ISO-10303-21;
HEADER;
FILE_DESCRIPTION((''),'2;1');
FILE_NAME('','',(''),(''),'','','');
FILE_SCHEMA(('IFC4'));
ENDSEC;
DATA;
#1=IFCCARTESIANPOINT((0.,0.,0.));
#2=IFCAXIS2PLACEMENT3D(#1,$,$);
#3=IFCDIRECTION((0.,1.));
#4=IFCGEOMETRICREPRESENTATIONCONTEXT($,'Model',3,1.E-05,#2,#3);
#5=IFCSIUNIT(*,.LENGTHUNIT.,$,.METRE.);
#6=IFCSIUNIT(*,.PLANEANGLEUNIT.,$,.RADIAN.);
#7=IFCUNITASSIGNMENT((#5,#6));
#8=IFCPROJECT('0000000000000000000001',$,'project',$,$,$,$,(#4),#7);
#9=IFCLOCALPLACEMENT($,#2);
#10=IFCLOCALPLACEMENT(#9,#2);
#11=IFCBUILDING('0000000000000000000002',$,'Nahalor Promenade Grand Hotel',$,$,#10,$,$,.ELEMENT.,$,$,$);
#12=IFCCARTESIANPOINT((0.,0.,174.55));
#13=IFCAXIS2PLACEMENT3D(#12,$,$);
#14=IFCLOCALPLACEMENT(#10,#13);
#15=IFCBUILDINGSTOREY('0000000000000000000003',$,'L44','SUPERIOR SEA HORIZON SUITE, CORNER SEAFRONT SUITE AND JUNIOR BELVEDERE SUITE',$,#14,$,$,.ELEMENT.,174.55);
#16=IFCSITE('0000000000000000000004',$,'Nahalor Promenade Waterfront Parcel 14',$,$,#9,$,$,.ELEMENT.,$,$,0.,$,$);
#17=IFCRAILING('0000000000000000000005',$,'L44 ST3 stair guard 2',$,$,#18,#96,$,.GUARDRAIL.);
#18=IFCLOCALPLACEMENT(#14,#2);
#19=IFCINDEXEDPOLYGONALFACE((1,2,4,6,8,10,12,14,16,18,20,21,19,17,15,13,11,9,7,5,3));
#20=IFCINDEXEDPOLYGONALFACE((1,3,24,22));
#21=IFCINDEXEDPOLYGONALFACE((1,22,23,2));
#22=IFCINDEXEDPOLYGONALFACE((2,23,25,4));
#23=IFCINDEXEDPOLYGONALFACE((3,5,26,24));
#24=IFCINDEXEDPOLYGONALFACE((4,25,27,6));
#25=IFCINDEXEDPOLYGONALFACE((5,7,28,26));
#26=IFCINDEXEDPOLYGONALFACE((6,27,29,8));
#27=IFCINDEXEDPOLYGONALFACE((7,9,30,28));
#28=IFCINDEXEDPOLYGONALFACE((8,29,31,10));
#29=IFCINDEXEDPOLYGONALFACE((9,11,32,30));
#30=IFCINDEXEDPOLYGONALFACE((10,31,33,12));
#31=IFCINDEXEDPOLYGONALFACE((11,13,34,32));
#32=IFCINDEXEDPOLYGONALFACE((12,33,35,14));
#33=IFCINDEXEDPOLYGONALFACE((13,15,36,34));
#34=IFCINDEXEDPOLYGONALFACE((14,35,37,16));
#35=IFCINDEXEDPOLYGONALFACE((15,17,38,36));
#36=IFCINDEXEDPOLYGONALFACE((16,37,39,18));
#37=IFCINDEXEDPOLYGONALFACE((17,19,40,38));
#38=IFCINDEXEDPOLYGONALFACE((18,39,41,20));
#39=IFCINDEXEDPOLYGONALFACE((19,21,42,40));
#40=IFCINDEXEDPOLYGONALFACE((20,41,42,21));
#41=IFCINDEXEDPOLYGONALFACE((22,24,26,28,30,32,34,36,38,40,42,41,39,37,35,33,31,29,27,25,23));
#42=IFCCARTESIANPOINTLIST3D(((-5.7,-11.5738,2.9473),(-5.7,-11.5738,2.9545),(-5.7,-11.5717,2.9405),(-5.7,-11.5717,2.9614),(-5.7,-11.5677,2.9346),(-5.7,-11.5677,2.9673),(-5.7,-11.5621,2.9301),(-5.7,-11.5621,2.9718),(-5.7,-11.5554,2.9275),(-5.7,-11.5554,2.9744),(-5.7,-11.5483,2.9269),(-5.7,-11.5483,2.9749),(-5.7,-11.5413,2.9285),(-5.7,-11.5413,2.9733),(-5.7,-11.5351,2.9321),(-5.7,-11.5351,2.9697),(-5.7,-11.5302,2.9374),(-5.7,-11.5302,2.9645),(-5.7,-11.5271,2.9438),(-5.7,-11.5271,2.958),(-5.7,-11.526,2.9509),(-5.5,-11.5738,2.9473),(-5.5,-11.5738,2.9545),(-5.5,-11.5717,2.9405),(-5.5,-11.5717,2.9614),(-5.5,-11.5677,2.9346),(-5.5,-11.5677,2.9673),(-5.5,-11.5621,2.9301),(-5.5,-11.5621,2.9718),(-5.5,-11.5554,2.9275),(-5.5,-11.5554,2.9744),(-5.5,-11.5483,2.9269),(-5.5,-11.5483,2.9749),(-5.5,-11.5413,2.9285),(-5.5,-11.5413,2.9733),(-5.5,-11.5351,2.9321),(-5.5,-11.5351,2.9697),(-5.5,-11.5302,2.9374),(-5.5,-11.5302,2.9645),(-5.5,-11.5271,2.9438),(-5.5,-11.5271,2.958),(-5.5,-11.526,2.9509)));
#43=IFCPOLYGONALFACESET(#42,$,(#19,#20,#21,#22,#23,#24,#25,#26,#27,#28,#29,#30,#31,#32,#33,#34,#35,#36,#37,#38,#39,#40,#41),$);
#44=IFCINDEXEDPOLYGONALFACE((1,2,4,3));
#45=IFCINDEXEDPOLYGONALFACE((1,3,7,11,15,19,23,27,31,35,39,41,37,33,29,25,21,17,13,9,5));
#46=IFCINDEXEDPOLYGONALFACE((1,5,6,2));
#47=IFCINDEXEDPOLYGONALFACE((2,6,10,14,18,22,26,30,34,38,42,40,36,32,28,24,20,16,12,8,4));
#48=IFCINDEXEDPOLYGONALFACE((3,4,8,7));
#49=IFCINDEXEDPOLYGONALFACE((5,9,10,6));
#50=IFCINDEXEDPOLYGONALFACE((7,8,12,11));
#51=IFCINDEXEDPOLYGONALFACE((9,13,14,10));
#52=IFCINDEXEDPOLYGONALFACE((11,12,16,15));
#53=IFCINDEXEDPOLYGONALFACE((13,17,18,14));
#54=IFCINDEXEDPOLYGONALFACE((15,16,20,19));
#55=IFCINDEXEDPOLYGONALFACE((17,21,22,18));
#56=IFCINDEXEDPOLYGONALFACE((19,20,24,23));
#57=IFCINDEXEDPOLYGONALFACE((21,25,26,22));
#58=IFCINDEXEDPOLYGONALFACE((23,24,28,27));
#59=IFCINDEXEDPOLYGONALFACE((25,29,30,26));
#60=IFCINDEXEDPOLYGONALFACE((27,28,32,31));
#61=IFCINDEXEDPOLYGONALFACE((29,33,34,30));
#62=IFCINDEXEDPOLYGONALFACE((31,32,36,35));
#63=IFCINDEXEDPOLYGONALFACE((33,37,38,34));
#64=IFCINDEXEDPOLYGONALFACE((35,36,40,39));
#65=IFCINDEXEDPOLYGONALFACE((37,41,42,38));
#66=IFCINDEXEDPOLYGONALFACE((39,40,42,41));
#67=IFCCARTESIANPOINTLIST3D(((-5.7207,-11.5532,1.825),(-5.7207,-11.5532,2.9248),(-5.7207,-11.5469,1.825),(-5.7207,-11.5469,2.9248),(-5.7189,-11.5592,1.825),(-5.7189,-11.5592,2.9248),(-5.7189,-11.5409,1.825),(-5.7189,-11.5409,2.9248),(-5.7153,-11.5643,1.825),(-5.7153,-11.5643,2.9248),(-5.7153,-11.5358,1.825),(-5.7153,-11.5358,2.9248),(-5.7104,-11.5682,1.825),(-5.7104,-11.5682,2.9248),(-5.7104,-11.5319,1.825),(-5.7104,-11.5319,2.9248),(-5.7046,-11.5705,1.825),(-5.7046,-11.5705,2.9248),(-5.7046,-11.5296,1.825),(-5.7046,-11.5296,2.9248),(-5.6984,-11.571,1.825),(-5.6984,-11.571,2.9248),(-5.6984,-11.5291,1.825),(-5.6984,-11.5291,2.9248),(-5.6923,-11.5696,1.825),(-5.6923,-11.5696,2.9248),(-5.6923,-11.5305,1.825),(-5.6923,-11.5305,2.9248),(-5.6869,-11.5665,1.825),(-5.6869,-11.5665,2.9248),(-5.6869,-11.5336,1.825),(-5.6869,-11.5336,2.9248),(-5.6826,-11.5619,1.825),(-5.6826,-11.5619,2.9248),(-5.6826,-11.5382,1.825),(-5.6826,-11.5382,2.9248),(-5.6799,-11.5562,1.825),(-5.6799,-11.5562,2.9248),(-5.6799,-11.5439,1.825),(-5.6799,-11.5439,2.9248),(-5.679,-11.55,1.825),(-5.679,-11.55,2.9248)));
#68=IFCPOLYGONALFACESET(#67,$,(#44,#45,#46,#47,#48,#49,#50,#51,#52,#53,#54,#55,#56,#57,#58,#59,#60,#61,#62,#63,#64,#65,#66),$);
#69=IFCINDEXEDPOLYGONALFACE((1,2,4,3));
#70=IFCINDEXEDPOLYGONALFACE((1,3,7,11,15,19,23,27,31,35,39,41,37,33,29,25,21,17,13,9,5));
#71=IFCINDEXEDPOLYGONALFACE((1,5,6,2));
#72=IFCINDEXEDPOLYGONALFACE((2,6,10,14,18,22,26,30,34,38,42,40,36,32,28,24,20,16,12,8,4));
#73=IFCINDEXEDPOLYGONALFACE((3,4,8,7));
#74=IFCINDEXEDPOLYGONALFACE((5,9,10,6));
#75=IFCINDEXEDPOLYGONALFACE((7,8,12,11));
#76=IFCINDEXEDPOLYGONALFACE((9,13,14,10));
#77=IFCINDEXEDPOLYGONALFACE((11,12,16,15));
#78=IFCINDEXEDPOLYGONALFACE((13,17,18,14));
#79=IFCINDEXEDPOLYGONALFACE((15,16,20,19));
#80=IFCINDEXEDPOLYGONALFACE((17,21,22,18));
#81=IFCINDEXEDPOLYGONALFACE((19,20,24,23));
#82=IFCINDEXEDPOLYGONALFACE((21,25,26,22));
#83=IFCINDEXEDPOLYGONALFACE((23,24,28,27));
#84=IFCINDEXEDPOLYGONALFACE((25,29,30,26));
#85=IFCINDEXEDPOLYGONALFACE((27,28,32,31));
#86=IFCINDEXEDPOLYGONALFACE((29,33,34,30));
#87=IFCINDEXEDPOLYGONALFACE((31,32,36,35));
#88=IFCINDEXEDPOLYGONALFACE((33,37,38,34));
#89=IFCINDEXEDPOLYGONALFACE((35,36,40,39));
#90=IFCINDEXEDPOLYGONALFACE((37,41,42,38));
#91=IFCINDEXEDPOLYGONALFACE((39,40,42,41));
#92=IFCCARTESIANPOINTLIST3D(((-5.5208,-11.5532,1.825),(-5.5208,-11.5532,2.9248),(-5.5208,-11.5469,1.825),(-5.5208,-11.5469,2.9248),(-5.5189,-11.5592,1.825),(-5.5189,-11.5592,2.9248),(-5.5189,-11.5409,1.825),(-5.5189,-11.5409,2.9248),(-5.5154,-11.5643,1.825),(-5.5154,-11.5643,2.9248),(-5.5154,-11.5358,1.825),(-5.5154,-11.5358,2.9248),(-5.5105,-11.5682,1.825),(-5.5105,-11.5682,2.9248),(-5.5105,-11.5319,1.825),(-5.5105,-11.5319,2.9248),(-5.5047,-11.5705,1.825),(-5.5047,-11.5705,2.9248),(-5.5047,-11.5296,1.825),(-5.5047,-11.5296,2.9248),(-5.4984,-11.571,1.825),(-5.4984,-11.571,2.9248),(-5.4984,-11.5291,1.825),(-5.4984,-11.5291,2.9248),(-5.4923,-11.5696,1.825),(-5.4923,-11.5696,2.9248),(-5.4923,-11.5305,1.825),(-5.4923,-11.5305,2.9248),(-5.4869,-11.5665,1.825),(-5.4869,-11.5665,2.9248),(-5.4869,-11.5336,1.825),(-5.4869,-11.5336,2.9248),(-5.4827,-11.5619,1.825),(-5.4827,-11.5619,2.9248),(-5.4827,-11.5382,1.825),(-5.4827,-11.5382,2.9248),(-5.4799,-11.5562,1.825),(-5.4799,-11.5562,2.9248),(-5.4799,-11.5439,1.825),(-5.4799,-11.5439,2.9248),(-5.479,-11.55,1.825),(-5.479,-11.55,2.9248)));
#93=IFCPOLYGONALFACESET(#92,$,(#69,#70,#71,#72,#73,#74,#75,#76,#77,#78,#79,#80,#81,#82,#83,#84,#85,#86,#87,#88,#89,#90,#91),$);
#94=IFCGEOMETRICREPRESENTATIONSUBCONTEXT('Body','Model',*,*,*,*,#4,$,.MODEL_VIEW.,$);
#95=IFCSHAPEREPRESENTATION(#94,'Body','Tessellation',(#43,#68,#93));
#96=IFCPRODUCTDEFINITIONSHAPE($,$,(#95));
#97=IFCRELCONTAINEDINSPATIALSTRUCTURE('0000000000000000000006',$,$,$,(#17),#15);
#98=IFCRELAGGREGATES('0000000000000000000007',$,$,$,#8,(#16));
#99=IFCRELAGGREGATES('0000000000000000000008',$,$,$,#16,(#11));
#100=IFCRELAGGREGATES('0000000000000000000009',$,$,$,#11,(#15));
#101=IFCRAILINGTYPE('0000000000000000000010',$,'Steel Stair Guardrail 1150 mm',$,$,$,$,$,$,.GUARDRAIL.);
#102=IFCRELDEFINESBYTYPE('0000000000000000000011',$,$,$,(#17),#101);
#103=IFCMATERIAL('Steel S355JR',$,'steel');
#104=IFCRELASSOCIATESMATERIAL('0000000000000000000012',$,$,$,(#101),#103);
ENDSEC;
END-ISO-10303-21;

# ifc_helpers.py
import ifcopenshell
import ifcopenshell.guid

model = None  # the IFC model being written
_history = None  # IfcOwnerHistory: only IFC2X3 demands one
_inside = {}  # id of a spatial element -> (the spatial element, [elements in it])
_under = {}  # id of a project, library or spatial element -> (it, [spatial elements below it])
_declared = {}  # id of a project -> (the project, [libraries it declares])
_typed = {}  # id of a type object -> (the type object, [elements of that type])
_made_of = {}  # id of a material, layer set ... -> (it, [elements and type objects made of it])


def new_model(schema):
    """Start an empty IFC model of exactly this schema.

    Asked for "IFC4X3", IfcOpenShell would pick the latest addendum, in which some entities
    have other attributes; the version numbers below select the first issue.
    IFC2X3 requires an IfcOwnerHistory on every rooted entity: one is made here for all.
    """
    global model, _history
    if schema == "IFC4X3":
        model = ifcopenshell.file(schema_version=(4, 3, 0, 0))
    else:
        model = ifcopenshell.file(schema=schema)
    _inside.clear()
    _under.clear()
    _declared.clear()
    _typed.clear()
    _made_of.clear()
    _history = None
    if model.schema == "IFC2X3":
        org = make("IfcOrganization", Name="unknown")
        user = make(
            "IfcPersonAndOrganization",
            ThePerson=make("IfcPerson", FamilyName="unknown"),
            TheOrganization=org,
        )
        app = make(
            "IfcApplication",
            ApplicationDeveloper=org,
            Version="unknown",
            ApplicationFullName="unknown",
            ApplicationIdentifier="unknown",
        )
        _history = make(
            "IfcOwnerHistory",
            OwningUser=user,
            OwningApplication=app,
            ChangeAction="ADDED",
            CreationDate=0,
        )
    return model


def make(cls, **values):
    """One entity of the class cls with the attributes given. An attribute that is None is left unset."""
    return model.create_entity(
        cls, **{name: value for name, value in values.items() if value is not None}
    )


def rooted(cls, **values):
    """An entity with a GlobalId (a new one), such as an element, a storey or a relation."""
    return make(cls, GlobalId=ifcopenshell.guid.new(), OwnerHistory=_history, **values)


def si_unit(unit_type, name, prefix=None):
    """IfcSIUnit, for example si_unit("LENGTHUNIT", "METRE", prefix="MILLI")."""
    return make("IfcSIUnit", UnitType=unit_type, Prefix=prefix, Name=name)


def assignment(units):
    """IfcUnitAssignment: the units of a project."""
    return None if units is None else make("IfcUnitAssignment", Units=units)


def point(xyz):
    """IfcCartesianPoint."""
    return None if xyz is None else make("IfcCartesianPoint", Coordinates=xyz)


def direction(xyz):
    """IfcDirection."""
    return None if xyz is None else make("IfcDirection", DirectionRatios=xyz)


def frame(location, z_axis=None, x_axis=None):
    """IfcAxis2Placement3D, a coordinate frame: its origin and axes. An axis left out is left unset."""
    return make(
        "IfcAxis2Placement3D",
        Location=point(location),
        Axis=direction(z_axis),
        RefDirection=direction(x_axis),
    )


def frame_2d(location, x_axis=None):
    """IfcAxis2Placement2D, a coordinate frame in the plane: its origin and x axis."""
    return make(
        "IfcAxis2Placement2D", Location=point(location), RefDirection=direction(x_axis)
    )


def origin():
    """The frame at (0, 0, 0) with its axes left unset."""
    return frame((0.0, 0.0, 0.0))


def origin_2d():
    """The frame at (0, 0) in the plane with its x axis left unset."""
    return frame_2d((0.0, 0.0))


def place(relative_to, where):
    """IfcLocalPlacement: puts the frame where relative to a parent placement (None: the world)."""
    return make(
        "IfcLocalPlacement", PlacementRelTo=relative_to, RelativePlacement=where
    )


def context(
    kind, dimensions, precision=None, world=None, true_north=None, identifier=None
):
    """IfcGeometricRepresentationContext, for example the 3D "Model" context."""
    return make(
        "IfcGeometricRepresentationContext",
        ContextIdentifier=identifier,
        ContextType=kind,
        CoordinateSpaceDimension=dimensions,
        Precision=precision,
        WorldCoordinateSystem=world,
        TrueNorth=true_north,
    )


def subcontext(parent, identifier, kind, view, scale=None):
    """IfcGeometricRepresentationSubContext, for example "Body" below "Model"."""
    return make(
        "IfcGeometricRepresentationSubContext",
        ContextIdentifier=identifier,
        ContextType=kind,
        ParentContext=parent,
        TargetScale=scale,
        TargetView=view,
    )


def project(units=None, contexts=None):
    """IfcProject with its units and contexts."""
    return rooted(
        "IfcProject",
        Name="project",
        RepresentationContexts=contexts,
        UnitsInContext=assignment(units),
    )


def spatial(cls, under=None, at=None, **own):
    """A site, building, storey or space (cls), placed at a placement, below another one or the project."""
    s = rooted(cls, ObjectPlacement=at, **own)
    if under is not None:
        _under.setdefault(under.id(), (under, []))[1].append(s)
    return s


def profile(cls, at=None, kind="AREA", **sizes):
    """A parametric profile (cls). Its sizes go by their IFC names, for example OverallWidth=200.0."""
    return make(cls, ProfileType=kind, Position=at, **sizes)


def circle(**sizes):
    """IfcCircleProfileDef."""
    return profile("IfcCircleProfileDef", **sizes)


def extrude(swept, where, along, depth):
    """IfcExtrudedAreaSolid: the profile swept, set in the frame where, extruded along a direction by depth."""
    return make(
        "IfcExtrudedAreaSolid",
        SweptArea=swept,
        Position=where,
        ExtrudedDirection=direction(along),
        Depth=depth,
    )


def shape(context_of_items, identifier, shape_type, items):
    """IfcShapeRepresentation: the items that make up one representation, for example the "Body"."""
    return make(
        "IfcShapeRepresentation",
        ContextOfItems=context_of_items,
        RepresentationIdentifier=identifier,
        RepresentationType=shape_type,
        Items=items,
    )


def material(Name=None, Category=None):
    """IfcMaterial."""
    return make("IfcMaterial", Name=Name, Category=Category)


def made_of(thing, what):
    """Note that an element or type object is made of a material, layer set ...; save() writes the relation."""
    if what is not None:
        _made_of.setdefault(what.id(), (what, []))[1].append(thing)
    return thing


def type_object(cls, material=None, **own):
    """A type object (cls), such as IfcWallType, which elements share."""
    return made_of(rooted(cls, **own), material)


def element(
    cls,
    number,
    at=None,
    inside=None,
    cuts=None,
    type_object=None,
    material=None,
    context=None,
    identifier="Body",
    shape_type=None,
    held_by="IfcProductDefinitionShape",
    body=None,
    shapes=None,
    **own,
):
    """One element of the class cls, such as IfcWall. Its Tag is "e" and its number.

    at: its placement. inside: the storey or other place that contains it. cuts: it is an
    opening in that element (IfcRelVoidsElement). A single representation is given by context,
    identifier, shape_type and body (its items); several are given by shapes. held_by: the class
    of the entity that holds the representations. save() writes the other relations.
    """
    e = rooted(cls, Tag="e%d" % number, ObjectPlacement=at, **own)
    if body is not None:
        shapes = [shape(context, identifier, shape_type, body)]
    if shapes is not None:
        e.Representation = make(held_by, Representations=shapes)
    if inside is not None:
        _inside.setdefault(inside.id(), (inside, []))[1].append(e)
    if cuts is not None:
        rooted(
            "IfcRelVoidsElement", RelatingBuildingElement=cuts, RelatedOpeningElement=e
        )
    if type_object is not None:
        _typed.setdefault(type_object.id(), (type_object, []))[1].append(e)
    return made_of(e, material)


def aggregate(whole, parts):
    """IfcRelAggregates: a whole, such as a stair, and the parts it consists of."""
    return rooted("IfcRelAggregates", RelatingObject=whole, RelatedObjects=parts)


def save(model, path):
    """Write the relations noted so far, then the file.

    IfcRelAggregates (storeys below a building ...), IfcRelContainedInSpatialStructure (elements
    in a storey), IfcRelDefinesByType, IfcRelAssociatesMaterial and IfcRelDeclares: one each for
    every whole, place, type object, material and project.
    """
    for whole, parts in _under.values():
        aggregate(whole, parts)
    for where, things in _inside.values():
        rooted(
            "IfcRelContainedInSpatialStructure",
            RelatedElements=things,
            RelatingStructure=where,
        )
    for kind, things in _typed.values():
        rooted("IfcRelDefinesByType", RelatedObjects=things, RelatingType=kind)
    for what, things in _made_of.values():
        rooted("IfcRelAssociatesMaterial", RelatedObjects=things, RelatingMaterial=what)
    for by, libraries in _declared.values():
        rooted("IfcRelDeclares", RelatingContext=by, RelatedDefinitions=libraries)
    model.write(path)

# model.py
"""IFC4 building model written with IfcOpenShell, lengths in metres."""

from ifc_helpers import new_model, si_unit, direction, frame, origin, origin_2d, place, context, subcontext, project, spatial, circle, extrude, material, type_object, element, save


model = new_model("IFC4")

# Units and contexts
model_context = context("Model", 3, precision=1e-05, world=origin(), true_north=direction((0.0, 1.0)))
body_context = subcontext(model_context, "Body", "Model", "MODEL_VIEW")
ifc_project = project(units=[si_unit("LENGTHUNIT", "METRE"), si_unit("PLANEANGLEUNIT", "RADIAN")], contexts=[model_context])

# Site, building, storey
site_placement = place(None, origin())
site = spatial("IfcSite", under=ifc_project, at=site_placement, Name="Nahalor Promenade Waterfront Parcel 14", CompositionType="ELEMENT", RefElevation=0.0)
building_placement = place(site_placement, origin())
building = spatial("IfcBuilding", under=site, at=building_placement, Name="Nahalor Promenade Grand Hotel", CompositionType="ELEMENT")
storey_placement = place(building_placement, frame((0.0, 0.0, 174.55)))
storey = spatial("IfcBuildingStorey", under=building, at=storey_placement, Name="L44", Description="SUPERIOR SEA HORIZON SUITE, CORNER SEAFRONT SUITE AND JUNIOR BELVEDERE SUITE", CompositionType="ELEMENT", Elevation=174.55)

# Shared definitions
ifc_material_1 = material(Name="Steel S355JR", Category="steel")

# Railing
railing_type_1 = type_object("IfcRailingType", Name="Steel Stair Guardrail 1150 mm", PredefinedType="GUARDRAIL", material=ifc_material_1)
railing_1_placement = place(storey_placement, frame((-5.7, -11.55, 1.825)))
element("IfcRailing", 1, at=railing_1_placement, inside=storey, type_object=railing_type_1, Name="L44 ST3 stair guard 2", PredefinedType="GUARDRAIL", context=body_context, shape_type="SweptSolid", body=[
    extrude(circle(Radius=0.024, at=origin_2d()), frame((0.0, 0.0, 1.126), z_axis=(1.0, 0.0, 0.0), x_axis=(0.0, 1.0, 0.0)), (0.0, 0.0, 1.0), 0.2),
    extrude(circle(Radius=0.021, at=origin_2d()), origin(), (0.0, 0.0, 1.0), 1.0999),
    extrude(circle(Radius=0.021, at=origin_2d()), frame((0.2, 0.0, 0.0)), (0.0, 0.0, 1.0), 1.0999),
])

save(model, "model.ifc")
